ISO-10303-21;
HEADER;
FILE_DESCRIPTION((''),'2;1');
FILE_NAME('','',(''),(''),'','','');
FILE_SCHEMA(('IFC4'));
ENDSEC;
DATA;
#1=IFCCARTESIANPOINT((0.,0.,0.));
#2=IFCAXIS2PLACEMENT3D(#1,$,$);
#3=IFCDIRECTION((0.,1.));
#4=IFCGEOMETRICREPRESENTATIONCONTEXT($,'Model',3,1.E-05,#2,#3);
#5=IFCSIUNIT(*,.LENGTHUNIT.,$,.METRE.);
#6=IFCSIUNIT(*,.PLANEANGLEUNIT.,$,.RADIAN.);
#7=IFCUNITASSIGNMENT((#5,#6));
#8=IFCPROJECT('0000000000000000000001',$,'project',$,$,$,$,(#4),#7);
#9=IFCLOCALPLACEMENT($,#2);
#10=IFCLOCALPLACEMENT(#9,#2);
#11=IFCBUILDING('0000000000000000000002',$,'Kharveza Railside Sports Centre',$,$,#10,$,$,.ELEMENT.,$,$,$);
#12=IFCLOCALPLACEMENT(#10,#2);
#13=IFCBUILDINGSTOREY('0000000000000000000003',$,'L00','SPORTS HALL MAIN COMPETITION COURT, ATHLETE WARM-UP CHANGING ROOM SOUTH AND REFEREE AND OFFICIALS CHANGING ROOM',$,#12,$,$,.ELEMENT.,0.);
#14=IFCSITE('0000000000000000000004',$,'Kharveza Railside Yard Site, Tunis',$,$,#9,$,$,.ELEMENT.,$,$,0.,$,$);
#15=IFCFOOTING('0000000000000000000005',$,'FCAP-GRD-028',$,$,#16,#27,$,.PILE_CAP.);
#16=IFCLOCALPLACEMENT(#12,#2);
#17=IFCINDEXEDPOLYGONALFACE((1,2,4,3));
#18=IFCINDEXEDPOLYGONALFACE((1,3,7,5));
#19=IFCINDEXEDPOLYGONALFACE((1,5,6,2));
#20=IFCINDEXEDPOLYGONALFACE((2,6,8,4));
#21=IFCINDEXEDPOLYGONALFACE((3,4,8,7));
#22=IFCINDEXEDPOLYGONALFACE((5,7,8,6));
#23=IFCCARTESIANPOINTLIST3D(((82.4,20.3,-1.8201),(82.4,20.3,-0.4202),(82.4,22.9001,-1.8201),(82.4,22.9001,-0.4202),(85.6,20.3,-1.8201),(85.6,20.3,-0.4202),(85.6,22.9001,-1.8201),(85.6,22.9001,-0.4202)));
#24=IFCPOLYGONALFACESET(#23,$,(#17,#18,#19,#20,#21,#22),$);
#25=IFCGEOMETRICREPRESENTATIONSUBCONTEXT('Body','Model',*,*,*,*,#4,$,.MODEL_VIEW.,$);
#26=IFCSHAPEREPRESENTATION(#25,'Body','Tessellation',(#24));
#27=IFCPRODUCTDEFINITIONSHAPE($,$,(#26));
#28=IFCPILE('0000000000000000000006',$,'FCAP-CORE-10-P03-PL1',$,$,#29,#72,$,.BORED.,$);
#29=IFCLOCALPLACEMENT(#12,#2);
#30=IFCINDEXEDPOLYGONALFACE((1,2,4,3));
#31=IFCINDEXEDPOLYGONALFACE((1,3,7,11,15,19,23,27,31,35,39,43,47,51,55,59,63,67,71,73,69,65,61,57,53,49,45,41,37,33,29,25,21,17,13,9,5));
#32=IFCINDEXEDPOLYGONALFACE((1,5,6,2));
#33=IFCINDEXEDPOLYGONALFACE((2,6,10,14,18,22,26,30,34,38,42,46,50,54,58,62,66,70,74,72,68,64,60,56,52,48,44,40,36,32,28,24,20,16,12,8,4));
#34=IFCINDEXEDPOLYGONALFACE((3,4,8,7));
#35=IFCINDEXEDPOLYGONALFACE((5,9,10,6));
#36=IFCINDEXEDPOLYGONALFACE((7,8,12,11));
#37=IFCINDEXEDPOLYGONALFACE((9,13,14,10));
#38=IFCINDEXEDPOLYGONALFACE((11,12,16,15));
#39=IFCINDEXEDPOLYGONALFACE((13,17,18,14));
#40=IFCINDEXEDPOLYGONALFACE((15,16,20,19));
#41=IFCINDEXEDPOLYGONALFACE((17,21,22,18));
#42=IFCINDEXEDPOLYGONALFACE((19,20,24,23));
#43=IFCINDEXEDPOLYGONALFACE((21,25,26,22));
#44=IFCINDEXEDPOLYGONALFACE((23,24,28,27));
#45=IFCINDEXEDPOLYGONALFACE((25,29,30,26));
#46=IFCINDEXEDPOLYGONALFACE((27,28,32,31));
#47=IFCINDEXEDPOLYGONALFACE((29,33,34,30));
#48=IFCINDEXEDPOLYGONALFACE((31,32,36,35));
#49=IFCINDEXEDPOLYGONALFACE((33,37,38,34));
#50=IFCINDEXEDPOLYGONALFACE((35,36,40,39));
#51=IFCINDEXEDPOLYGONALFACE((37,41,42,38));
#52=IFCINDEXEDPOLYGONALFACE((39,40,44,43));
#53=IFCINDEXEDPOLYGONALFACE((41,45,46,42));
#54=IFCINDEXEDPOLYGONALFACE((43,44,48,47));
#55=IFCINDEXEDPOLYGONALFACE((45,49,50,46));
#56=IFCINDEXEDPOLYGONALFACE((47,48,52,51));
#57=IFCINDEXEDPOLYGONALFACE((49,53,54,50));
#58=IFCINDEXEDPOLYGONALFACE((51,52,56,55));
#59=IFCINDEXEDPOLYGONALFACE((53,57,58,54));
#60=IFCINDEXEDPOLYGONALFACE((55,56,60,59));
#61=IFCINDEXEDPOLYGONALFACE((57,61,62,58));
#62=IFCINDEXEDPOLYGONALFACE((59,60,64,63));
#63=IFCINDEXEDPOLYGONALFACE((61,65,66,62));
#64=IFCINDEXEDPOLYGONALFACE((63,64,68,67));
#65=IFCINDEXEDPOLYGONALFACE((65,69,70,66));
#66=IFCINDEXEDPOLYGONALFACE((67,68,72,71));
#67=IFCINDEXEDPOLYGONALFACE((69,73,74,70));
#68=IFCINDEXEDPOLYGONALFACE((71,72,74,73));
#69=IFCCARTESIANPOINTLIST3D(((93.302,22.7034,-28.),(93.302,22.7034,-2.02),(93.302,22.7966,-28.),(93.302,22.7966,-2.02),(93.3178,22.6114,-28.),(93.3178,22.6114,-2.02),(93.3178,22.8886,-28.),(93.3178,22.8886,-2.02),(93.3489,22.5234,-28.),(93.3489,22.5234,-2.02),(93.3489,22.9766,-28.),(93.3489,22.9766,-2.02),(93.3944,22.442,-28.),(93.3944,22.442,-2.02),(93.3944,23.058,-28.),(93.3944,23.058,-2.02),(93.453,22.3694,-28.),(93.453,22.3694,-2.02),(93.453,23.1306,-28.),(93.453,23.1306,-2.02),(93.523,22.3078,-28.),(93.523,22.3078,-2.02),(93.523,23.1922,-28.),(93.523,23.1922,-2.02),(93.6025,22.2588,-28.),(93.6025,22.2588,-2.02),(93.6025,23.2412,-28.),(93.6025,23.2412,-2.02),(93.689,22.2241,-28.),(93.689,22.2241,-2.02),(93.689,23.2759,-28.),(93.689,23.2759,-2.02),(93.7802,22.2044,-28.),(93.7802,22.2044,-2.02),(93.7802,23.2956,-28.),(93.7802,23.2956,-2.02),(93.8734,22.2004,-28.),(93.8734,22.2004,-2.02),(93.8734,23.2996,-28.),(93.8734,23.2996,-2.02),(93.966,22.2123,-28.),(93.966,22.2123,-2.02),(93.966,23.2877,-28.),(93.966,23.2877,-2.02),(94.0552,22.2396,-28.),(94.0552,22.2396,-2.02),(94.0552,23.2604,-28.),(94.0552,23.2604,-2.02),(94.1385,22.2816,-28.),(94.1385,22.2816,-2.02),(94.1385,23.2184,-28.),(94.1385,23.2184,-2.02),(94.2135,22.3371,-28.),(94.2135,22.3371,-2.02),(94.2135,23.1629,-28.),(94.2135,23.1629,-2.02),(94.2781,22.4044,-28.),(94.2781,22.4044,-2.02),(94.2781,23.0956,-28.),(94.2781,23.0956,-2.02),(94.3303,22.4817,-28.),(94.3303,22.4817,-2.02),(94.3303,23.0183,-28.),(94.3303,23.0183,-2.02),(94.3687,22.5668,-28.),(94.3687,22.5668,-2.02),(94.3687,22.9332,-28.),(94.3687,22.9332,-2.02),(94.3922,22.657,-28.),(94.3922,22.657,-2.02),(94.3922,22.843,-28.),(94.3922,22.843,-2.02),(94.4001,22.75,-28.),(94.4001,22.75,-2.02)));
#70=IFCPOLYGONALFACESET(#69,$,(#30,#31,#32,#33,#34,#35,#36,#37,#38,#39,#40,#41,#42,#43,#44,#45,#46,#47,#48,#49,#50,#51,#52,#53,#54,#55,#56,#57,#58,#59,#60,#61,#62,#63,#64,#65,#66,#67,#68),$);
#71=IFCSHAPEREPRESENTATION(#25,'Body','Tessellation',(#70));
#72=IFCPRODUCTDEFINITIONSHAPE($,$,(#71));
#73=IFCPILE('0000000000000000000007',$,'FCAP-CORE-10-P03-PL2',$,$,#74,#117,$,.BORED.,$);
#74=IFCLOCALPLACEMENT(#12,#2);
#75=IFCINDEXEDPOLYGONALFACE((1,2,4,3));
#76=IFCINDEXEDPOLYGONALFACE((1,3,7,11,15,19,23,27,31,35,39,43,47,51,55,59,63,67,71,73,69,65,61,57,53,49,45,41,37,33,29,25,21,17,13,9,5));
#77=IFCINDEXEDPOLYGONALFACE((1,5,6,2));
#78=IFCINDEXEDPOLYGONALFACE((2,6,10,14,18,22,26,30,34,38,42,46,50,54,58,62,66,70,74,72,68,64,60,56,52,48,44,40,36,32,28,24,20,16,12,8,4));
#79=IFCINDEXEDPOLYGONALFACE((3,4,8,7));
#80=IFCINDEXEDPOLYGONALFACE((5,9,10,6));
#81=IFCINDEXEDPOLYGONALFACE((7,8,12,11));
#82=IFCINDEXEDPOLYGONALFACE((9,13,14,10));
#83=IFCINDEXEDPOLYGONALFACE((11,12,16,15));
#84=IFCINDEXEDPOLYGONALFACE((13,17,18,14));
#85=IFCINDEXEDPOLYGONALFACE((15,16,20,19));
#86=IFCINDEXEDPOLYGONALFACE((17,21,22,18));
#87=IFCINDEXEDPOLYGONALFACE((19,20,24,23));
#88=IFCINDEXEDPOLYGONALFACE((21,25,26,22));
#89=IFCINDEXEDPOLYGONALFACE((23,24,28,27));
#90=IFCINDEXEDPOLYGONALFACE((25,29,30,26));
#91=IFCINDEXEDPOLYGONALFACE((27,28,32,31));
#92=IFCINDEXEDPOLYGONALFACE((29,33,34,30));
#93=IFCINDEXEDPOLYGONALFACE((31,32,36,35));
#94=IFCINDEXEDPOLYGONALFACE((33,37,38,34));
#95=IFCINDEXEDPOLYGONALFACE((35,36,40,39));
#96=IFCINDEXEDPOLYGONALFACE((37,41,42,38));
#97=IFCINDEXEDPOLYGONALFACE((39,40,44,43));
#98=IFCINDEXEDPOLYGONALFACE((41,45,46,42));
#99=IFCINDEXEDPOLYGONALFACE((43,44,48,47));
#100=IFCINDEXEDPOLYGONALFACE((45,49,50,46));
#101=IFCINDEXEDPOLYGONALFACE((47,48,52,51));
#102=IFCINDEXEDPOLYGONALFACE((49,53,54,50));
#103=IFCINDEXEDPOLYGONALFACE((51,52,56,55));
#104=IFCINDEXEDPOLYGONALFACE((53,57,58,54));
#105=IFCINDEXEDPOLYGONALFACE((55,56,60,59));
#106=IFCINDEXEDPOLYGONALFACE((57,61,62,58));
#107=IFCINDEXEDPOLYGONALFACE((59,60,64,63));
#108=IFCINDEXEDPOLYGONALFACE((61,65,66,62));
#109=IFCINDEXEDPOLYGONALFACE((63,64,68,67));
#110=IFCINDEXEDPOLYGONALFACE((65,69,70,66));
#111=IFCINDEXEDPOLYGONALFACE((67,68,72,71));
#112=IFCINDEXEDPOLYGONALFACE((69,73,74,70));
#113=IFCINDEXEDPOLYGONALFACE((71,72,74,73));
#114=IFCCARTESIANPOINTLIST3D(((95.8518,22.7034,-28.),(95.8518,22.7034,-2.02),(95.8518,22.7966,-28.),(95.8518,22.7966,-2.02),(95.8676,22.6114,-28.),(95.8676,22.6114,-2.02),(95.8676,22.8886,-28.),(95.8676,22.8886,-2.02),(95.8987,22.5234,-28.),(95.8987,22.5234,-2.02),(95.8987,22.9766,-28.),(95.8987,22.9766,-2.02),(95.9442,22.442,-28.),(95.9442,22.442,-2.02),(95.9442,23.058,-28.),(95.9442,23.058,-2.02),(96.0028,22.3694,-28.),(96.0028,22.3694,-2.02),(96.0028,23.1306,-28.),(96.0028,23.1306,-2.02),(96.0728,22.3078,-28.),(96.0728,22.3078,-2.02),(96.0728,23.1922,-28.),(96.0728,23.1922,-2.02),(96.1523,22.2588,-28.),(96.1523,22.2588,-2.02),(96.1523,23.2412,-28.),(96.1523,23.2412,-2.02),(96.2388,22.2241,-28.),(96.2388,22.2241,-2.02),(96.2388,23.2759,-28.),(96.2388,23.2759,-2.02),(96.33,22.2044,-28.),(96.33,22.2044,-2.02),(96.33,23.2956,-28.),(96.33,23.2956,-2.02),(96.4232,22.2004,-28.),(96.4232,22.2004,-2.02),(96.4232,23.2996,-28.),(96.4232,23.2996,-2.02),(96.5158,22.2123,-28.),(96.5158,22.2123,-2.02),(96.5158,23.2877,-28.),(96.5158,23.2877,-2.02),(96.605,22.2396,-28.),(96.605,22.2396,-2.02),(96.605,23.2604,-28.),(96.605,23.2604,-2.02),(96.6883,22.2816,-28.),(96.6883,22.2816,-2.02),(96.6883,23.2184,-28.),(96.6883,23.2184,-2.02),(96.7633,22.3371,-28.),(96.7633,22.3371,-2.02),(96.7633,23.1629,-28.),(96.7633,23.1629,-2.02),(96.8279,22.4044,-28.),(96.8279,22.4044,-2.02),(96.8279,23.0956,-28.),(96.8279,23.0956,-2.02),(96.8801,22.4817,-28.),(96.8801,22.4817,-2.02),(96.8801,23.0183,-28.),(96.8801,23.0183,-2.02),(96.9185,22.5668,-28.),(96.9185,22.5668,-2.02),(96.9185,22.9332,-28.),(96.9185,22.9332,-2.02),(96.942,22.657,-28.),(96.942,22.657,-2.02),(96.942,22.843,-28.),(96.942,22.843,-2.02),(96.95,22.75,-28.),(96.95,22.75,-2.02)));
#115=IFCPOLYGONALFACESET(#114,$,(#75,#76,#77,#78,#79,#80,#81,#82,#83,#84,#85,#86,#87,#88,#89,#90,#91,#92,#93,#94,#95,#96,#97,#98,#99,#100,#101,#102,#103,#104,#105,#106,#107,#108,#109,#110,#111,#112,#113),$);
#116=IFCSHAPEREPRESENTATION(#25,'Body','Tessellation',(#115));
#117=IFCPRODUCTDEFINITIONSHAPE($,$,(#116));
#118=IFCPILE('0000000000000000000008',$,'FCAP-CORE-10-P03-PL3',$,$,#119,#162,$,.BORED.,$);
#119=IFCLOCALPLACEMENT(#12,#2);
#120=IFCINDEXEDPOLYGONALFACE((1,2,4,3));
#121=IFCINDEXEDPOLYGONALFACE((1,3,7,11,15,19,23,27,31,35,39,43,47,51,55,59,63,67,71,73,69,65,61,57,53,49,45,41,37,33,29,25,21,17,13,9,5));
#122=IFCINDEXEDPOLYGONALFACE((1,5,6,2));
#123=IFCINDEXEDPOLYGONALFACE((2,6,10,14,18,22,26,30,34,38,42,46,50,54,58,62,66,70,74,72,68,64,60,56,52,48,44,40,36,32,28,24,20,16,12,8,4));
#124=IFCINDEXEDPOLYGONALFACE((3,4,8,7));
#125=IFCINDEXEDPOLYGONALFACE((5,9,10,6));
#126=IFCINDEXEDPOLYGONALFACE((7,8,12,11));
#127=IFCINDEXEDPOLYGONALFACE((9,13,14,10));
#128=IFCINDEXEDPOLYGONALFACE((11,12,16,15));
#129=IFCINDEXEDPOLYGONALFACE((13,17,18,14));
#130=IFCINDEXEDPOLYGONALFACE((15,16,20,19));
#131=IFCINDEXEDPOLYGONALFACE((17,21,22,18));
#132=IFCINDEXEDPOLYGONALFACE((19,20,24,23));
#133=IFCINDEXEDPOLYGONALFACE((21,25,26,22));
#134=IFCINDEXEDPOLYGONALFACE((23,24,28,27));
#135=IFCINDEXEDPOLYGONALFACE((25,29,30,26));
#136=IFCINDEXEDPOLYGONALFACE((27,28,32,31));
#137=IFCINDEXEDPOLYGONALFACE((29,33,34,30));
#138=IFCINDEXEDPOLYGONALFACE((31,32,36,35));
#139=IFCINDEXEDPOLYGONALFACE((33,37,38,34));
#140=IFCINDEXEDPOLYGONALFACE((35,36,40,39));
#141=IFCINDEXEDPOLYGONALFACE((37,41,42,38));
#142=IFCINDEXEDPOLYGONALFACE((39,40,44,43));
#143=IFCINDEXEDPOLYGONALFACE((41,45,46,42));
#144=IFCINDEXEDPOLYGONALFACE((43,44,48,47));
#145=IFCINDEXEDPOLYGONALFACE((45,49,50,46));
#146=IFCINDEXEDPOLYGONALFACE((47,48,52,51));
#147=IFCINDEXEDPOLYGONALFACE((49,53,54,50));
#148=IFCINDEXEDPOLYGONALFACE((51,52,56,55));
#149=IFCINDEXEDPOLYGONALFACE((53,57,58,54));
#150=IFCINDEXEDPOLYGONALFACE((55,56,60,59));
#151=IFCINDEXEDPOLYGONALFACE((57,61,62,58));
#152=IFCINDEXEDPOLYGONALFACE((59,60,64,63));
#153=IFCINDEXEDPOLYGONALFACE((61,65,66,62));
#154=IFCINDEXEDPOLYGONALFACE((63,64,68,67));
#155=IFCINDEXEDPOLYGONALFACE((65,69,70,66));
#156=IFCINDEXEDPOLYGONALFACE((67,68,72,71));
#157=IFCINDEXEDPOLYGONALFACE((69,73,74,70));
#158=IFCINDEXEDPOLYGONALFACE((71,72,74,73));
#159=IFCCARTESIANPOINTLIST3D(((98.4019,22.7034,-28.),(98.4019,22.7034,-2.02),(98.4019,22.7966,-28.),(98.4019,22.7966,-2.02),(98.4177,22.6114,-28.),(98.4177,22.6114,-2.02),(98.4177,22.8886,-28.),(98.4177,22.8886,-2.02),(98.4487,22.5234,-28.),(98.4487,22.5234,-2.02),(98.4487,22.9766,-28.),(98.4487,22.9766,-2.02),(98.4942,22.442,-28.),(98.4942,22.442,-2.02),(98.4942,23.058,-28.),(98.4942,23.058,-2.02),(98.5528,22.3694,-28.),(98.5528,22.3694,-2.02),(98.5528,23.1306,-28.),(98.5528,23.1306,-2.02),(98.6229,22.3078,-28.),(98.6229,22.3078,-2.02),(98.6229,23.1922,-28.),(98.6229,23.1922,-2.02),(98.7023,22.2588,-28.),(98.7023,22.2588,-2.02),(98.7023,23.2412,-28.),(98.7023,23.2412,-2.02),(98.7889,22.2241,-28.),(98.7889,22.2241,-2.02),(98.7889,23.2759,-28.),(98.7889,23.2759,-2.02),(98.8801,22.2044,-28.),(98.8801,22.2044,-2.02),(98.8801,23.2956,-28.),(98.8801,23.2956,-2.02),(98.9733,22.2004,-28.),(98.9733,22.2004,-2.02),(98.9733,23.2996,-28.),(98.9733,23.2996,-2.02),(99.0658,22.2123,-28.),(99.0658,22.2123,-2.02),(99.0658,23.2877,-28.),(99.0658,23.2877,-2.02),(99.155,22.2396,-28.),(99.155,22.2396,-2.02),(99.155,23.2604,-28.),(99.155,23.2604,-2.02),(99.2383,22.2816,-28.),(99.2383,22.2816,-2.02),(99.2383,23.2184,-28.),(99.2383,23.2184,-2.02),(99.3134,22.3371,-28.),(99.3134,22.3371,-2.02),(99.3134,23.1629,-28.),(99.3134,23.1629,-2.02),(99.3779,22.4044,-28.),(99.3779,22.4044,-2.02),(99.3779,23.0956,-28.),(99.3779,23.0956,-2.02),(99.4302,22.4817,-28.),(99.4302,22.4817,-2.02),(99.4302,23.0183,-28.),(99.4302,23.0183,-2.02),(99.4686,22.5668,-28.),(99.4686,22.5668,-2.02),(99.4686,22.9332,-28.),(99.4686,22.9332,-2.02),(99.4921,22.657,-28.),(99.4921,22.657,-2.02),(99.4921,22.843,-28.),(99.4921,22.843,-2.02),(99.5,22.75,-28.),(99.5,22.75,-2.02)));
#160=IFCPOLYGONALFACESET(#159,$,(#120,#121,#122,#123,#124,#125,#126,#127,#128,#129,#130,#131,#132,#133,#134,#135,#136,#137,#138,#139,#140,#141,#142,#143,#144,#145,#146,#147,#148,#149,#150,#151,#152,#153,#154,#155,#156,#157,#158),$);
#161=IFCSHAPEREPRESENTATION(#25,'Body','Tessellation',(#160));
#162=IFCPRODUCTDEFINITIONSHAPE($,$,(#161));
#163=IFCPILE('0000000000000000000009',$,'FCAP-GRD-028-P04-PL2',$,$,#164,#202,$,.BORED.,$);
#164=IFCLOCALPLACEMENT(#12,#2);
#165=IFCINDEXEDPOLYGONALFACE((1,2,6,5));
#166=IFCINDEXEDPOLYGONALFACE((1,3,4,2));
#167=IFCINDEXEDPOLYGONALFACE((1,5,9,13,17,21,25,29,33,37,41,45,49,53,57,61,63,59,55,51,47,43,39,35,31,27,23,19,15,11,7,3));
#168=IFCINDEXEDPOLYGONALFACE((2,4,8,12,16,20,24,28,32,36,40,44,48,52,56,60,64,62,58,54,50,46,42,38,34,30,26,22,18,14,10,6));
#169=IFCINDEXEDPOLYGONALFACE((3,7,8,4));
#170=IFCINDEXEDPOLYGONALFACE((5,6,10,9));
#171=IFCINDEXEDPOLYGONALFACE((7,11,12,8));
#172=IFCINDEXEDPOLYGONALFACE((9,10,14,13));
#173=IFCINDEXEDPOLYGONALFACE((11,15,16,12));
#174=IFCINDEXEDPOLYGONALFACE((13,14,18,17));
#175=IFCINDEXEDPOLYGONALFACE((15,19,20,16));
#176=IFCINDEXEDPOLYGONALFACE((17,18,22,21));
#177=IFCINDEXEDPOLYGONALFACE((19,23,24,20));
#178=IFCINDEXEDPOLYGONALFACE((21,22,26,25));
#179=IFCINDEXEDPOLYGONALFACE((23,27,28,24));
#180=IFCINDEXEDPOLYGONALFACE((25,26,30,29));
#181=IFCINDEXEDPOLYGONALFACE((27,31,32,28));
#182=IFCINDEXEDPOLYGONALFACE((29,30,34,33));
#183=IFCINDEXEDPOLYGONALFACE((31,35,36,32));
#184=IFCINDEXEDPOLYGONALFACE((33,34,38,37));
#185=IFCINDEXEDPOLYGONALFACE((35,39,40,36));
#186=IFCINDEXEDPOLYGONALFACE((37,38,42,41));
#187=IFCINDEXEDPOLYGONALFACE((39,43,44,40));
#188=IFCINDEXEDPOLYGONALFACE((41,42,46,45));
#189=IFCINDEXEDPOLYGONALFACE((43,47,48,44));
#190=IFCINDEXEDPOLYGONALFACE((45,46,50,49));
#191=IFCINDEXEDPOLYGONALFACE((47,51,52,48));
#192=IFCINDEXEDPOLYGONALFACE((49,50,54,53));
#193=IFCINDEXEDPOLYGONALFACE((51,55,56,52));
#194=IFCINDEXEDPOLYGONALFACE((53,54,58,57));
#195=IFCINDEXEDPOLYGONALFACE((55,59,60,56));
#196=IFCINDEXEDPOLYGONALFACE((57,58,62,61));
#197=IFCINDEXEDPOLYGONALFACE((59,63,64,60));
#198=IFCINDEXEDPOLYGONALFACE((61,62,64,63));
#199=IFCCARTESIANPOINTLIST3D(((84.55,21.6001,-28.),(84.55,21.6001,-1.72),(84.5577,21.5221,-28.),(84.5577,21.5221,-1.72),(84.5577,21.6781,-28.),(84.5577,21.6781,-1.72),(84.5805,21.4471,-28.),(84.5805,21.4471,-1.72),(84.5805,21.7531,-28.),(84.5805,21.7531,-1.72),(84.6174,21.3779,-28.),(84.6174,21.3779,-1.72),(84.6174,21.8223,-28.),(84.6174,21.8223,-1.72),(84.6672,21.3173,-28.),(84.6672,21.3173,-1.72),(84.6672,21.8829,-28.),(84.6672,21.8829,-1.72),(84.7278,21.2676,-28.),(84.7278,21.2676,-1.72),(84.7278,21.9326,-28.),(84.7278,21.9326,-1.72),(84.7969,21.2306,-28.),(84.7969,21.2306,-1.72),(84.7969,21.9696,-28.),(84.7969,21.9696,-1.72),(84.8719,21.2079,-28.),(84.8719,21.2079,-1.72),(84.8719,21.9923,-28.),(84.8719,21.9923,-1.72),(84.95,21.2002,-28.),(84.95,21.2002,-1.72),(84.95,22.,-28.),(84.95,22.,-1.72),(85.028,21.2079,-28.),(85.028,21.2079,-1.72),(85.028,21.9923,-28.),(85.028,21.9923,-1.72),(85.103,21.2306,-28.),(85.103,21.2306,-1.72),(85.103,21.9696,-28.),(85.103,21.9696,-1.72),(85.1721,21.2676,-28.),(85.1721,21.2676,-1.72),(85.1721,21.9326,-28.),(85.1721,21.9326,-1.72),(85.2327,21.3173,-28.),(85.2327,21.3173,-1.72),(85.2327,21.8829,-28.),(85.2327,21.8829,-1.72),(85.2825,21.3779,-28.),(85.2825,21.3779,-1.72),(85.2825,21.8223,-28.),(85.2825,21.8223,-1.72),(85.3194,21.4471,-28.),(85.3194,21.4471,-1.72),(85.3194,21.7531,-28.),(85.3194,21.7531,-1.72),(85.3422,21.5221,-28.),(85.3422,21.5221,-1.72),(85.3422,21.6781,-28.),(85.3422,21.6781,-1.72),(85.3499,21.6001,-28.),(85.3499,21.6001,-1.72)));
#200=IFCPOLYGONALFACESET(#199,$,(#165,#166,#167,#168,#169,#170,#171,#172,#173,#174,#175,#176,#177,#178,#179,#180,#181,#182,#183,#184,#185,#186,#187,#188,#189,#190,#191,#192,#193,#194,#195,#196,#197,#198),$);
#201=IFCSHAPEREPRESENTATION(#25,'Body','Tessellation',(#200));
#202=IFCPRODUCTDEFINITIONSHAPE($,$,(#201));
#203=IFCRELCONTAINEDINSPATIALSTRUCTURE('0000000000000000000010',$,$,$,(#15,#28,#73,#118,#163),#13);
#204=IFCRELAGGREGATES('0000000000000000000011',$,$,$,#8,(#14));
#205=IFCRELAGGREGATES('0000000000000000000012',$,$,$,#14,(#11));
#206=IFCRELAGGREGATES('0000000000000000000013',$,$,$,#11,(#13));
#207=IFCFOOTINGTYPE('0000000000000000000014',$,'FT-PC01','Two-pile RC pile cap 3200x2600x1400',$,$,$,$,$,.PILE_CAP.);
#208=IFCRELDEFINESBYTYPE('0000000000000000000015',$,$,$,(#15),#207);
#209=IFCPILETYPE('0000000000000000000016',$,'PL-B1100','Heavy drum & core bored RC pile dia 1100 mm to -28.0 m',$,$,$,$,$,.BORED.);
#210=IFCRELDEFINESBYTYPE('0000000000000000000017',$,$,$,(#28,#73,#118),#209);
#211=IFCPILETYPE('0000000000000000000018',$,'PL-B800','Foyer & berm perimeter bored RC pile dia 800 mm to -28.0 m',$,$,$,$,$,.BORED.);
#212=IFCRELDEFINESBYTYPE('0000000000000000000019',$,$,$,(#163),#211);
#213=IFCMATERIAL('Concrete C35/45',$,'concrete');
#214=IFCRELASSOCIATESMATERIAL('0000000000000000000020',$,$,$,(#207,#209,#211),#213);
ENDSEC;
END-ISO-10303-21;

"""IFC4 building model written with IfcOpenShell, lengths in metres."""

from ifc_helpers import new_model, si_unit, direction, frame, origin, origin_2d, place, context, subcontext, project, spatial, rectangle, circle, extrude, material, material_profile, profile_set, type_object, element, save


model = new_model("IFC4")

# Units and contexts
model_context = context("Model", 3, precision=1e-05, world=origin(), true_north=direction((0.0, 1.0)))
body_context = subcontext(model_context, "Body", "Model", "MODEL_VIEW")
ifc_project = project(units=[si_unit("LENGTHUNIT", "METRE"), si_unit("PLANEANGLEUNIT", "RADIAN")], contexts=[model_context])

# Site, building, storey
site_placement = place(None, origin())
site = spatial("IfcSite", under=ifc_project, at=site_placement, Name="Kharveza Railside Yard Site, Tunis", CompositionType="ELEMENT", RefElevation=0.0)
building_placement = place(site_placement, origin())
building = spatial("IfcBuilding", under=site, at=building_placement, Name="Kharveza Railside Sports Centre", CompositionType="ELEMENT")
storey_placement = place(building_placement, origin())
storey = spatial("IfcBuildingStorey", under=building, at=storey_placement, Name="L00", Description="SPORTS HALL MAIN COMPETITION COURT, ATHLETE WARM-UP CHANGING ROOM SOUTH AND REFEREE AND OFFICIALS CHANGING ROOM", CompositionType="ELEMENT", Elevation=0.0)

# Footing
ifc_material_1 = material(Name="Concrete C35/45", Category="concrete")
footing_type = type_object("IfcFootingType", Name="FT-PC01", Description="Two-pile RC pile cap 3200x2600x1400", PredefinedType="PILE_CAP", material=ifc_material_1)
footing_placement = place(storey_placement, frame((84.0, 21.6001, -1.8201), z_axis=(0.0, 0.0, 1.0), x_axis=(1.0, 0.0, 0.0)))
element("IfcFooting", 1, at=footing_placement, inside=storey, type_object=footing_type, Name="FCAP-GRD-028", PredefinedType="PILE_CAP", context=body_context, shape_type="SweptSolid", body=[
    extrude(rectangle(XDim=3.2, YDim=2.6001, at=origin_2d()), origin(), (0.0, 0.0, 1.0), 1.3999),
])

# Piles
ifc_material_profile_1 = material_profile(ifc_material_1, circle(Radius=0.55, at=origin_2d()), Name="PILE D1100")
ifc_profile_set_1 = profile_set([ifc_material_profile_1], Name="Concrete C35/45")
pile_type_1 = type_object("IfcPileType", Name="PL-B1100", Description="Heavy drum & core bored RC pile dia 1100 mm to -28.0 m", PredefinedType="BORED", material=ifc_profile_set_1)
for number, where, z_axis, x_axis, name in (
    (2, (93.8501, 22.75, -2.02), (0.0, 0.0, -1.0), (1.0, 0.0, 0.0), "FCAP-CORE-10-P03-PL1"),
    (3, (96.3999, 22.75, -2.02), (0.0, 0.0, -1.0), (1.0, 0.0, 0.0), "FCAP-CORE-10-P03-PL2"),
    (4, (98.95, 22.75, -2.02), (0.0, 0.0, -1.0), (1.0, 0.0, 0.0), "FCAP-CORE-10-P03-PL3"),
):
    element("IfcPile", number, at=place(storey_placement, frame(where, z_axis=z_axis, x_axis=x_axis)), inside=storey, type_object=pile_type_1, Name=name, PredefinedType="BORED", context=body_context, shape_type="SweptSolid", body=[
        extrude(circle(Radius=0.55, at=origin_2d()), origin(), (0.0, 0.0, 1.0), 25.98),
    ])
ifc_material_profile_2 = material_profile(ifc_material_1, circle(Radius=0.3999, at=origin_2d()), Name="PILE D800")
ifc_profile_set_2 = profile_set([ifc_material_profile_2], Name="Concrete C35/45")
pile_type_2 = type_object("IfcPileType", Name="PL-B800", Description="Foyer & berm perimeter bored RC pile dia 800 mm to -28.0 m", PredefinedType="BORED", material=ifc_profile_set_2)
pile_placement = place(storey_placement, frame((84.95, 21.6001, -1.72), z_axis=(0.0, 0.0, -1.0), x_axis=(1.0, 0.0, 0.0)))
element("IfcPile", 5, at=pile_placement, inside=storey, type_object=pile_type_2, Name="FCAP-GRD-028-P04-PL2", PredefinedType="BORED", context=body_context, shape_type="SweptSolid", body=[
    extrude(circle(Radius=0.3999, at=origin_2d()), origin(), (0.0, 0.0, 1.0), 26.28),
])

save(model, "model.ifc")
